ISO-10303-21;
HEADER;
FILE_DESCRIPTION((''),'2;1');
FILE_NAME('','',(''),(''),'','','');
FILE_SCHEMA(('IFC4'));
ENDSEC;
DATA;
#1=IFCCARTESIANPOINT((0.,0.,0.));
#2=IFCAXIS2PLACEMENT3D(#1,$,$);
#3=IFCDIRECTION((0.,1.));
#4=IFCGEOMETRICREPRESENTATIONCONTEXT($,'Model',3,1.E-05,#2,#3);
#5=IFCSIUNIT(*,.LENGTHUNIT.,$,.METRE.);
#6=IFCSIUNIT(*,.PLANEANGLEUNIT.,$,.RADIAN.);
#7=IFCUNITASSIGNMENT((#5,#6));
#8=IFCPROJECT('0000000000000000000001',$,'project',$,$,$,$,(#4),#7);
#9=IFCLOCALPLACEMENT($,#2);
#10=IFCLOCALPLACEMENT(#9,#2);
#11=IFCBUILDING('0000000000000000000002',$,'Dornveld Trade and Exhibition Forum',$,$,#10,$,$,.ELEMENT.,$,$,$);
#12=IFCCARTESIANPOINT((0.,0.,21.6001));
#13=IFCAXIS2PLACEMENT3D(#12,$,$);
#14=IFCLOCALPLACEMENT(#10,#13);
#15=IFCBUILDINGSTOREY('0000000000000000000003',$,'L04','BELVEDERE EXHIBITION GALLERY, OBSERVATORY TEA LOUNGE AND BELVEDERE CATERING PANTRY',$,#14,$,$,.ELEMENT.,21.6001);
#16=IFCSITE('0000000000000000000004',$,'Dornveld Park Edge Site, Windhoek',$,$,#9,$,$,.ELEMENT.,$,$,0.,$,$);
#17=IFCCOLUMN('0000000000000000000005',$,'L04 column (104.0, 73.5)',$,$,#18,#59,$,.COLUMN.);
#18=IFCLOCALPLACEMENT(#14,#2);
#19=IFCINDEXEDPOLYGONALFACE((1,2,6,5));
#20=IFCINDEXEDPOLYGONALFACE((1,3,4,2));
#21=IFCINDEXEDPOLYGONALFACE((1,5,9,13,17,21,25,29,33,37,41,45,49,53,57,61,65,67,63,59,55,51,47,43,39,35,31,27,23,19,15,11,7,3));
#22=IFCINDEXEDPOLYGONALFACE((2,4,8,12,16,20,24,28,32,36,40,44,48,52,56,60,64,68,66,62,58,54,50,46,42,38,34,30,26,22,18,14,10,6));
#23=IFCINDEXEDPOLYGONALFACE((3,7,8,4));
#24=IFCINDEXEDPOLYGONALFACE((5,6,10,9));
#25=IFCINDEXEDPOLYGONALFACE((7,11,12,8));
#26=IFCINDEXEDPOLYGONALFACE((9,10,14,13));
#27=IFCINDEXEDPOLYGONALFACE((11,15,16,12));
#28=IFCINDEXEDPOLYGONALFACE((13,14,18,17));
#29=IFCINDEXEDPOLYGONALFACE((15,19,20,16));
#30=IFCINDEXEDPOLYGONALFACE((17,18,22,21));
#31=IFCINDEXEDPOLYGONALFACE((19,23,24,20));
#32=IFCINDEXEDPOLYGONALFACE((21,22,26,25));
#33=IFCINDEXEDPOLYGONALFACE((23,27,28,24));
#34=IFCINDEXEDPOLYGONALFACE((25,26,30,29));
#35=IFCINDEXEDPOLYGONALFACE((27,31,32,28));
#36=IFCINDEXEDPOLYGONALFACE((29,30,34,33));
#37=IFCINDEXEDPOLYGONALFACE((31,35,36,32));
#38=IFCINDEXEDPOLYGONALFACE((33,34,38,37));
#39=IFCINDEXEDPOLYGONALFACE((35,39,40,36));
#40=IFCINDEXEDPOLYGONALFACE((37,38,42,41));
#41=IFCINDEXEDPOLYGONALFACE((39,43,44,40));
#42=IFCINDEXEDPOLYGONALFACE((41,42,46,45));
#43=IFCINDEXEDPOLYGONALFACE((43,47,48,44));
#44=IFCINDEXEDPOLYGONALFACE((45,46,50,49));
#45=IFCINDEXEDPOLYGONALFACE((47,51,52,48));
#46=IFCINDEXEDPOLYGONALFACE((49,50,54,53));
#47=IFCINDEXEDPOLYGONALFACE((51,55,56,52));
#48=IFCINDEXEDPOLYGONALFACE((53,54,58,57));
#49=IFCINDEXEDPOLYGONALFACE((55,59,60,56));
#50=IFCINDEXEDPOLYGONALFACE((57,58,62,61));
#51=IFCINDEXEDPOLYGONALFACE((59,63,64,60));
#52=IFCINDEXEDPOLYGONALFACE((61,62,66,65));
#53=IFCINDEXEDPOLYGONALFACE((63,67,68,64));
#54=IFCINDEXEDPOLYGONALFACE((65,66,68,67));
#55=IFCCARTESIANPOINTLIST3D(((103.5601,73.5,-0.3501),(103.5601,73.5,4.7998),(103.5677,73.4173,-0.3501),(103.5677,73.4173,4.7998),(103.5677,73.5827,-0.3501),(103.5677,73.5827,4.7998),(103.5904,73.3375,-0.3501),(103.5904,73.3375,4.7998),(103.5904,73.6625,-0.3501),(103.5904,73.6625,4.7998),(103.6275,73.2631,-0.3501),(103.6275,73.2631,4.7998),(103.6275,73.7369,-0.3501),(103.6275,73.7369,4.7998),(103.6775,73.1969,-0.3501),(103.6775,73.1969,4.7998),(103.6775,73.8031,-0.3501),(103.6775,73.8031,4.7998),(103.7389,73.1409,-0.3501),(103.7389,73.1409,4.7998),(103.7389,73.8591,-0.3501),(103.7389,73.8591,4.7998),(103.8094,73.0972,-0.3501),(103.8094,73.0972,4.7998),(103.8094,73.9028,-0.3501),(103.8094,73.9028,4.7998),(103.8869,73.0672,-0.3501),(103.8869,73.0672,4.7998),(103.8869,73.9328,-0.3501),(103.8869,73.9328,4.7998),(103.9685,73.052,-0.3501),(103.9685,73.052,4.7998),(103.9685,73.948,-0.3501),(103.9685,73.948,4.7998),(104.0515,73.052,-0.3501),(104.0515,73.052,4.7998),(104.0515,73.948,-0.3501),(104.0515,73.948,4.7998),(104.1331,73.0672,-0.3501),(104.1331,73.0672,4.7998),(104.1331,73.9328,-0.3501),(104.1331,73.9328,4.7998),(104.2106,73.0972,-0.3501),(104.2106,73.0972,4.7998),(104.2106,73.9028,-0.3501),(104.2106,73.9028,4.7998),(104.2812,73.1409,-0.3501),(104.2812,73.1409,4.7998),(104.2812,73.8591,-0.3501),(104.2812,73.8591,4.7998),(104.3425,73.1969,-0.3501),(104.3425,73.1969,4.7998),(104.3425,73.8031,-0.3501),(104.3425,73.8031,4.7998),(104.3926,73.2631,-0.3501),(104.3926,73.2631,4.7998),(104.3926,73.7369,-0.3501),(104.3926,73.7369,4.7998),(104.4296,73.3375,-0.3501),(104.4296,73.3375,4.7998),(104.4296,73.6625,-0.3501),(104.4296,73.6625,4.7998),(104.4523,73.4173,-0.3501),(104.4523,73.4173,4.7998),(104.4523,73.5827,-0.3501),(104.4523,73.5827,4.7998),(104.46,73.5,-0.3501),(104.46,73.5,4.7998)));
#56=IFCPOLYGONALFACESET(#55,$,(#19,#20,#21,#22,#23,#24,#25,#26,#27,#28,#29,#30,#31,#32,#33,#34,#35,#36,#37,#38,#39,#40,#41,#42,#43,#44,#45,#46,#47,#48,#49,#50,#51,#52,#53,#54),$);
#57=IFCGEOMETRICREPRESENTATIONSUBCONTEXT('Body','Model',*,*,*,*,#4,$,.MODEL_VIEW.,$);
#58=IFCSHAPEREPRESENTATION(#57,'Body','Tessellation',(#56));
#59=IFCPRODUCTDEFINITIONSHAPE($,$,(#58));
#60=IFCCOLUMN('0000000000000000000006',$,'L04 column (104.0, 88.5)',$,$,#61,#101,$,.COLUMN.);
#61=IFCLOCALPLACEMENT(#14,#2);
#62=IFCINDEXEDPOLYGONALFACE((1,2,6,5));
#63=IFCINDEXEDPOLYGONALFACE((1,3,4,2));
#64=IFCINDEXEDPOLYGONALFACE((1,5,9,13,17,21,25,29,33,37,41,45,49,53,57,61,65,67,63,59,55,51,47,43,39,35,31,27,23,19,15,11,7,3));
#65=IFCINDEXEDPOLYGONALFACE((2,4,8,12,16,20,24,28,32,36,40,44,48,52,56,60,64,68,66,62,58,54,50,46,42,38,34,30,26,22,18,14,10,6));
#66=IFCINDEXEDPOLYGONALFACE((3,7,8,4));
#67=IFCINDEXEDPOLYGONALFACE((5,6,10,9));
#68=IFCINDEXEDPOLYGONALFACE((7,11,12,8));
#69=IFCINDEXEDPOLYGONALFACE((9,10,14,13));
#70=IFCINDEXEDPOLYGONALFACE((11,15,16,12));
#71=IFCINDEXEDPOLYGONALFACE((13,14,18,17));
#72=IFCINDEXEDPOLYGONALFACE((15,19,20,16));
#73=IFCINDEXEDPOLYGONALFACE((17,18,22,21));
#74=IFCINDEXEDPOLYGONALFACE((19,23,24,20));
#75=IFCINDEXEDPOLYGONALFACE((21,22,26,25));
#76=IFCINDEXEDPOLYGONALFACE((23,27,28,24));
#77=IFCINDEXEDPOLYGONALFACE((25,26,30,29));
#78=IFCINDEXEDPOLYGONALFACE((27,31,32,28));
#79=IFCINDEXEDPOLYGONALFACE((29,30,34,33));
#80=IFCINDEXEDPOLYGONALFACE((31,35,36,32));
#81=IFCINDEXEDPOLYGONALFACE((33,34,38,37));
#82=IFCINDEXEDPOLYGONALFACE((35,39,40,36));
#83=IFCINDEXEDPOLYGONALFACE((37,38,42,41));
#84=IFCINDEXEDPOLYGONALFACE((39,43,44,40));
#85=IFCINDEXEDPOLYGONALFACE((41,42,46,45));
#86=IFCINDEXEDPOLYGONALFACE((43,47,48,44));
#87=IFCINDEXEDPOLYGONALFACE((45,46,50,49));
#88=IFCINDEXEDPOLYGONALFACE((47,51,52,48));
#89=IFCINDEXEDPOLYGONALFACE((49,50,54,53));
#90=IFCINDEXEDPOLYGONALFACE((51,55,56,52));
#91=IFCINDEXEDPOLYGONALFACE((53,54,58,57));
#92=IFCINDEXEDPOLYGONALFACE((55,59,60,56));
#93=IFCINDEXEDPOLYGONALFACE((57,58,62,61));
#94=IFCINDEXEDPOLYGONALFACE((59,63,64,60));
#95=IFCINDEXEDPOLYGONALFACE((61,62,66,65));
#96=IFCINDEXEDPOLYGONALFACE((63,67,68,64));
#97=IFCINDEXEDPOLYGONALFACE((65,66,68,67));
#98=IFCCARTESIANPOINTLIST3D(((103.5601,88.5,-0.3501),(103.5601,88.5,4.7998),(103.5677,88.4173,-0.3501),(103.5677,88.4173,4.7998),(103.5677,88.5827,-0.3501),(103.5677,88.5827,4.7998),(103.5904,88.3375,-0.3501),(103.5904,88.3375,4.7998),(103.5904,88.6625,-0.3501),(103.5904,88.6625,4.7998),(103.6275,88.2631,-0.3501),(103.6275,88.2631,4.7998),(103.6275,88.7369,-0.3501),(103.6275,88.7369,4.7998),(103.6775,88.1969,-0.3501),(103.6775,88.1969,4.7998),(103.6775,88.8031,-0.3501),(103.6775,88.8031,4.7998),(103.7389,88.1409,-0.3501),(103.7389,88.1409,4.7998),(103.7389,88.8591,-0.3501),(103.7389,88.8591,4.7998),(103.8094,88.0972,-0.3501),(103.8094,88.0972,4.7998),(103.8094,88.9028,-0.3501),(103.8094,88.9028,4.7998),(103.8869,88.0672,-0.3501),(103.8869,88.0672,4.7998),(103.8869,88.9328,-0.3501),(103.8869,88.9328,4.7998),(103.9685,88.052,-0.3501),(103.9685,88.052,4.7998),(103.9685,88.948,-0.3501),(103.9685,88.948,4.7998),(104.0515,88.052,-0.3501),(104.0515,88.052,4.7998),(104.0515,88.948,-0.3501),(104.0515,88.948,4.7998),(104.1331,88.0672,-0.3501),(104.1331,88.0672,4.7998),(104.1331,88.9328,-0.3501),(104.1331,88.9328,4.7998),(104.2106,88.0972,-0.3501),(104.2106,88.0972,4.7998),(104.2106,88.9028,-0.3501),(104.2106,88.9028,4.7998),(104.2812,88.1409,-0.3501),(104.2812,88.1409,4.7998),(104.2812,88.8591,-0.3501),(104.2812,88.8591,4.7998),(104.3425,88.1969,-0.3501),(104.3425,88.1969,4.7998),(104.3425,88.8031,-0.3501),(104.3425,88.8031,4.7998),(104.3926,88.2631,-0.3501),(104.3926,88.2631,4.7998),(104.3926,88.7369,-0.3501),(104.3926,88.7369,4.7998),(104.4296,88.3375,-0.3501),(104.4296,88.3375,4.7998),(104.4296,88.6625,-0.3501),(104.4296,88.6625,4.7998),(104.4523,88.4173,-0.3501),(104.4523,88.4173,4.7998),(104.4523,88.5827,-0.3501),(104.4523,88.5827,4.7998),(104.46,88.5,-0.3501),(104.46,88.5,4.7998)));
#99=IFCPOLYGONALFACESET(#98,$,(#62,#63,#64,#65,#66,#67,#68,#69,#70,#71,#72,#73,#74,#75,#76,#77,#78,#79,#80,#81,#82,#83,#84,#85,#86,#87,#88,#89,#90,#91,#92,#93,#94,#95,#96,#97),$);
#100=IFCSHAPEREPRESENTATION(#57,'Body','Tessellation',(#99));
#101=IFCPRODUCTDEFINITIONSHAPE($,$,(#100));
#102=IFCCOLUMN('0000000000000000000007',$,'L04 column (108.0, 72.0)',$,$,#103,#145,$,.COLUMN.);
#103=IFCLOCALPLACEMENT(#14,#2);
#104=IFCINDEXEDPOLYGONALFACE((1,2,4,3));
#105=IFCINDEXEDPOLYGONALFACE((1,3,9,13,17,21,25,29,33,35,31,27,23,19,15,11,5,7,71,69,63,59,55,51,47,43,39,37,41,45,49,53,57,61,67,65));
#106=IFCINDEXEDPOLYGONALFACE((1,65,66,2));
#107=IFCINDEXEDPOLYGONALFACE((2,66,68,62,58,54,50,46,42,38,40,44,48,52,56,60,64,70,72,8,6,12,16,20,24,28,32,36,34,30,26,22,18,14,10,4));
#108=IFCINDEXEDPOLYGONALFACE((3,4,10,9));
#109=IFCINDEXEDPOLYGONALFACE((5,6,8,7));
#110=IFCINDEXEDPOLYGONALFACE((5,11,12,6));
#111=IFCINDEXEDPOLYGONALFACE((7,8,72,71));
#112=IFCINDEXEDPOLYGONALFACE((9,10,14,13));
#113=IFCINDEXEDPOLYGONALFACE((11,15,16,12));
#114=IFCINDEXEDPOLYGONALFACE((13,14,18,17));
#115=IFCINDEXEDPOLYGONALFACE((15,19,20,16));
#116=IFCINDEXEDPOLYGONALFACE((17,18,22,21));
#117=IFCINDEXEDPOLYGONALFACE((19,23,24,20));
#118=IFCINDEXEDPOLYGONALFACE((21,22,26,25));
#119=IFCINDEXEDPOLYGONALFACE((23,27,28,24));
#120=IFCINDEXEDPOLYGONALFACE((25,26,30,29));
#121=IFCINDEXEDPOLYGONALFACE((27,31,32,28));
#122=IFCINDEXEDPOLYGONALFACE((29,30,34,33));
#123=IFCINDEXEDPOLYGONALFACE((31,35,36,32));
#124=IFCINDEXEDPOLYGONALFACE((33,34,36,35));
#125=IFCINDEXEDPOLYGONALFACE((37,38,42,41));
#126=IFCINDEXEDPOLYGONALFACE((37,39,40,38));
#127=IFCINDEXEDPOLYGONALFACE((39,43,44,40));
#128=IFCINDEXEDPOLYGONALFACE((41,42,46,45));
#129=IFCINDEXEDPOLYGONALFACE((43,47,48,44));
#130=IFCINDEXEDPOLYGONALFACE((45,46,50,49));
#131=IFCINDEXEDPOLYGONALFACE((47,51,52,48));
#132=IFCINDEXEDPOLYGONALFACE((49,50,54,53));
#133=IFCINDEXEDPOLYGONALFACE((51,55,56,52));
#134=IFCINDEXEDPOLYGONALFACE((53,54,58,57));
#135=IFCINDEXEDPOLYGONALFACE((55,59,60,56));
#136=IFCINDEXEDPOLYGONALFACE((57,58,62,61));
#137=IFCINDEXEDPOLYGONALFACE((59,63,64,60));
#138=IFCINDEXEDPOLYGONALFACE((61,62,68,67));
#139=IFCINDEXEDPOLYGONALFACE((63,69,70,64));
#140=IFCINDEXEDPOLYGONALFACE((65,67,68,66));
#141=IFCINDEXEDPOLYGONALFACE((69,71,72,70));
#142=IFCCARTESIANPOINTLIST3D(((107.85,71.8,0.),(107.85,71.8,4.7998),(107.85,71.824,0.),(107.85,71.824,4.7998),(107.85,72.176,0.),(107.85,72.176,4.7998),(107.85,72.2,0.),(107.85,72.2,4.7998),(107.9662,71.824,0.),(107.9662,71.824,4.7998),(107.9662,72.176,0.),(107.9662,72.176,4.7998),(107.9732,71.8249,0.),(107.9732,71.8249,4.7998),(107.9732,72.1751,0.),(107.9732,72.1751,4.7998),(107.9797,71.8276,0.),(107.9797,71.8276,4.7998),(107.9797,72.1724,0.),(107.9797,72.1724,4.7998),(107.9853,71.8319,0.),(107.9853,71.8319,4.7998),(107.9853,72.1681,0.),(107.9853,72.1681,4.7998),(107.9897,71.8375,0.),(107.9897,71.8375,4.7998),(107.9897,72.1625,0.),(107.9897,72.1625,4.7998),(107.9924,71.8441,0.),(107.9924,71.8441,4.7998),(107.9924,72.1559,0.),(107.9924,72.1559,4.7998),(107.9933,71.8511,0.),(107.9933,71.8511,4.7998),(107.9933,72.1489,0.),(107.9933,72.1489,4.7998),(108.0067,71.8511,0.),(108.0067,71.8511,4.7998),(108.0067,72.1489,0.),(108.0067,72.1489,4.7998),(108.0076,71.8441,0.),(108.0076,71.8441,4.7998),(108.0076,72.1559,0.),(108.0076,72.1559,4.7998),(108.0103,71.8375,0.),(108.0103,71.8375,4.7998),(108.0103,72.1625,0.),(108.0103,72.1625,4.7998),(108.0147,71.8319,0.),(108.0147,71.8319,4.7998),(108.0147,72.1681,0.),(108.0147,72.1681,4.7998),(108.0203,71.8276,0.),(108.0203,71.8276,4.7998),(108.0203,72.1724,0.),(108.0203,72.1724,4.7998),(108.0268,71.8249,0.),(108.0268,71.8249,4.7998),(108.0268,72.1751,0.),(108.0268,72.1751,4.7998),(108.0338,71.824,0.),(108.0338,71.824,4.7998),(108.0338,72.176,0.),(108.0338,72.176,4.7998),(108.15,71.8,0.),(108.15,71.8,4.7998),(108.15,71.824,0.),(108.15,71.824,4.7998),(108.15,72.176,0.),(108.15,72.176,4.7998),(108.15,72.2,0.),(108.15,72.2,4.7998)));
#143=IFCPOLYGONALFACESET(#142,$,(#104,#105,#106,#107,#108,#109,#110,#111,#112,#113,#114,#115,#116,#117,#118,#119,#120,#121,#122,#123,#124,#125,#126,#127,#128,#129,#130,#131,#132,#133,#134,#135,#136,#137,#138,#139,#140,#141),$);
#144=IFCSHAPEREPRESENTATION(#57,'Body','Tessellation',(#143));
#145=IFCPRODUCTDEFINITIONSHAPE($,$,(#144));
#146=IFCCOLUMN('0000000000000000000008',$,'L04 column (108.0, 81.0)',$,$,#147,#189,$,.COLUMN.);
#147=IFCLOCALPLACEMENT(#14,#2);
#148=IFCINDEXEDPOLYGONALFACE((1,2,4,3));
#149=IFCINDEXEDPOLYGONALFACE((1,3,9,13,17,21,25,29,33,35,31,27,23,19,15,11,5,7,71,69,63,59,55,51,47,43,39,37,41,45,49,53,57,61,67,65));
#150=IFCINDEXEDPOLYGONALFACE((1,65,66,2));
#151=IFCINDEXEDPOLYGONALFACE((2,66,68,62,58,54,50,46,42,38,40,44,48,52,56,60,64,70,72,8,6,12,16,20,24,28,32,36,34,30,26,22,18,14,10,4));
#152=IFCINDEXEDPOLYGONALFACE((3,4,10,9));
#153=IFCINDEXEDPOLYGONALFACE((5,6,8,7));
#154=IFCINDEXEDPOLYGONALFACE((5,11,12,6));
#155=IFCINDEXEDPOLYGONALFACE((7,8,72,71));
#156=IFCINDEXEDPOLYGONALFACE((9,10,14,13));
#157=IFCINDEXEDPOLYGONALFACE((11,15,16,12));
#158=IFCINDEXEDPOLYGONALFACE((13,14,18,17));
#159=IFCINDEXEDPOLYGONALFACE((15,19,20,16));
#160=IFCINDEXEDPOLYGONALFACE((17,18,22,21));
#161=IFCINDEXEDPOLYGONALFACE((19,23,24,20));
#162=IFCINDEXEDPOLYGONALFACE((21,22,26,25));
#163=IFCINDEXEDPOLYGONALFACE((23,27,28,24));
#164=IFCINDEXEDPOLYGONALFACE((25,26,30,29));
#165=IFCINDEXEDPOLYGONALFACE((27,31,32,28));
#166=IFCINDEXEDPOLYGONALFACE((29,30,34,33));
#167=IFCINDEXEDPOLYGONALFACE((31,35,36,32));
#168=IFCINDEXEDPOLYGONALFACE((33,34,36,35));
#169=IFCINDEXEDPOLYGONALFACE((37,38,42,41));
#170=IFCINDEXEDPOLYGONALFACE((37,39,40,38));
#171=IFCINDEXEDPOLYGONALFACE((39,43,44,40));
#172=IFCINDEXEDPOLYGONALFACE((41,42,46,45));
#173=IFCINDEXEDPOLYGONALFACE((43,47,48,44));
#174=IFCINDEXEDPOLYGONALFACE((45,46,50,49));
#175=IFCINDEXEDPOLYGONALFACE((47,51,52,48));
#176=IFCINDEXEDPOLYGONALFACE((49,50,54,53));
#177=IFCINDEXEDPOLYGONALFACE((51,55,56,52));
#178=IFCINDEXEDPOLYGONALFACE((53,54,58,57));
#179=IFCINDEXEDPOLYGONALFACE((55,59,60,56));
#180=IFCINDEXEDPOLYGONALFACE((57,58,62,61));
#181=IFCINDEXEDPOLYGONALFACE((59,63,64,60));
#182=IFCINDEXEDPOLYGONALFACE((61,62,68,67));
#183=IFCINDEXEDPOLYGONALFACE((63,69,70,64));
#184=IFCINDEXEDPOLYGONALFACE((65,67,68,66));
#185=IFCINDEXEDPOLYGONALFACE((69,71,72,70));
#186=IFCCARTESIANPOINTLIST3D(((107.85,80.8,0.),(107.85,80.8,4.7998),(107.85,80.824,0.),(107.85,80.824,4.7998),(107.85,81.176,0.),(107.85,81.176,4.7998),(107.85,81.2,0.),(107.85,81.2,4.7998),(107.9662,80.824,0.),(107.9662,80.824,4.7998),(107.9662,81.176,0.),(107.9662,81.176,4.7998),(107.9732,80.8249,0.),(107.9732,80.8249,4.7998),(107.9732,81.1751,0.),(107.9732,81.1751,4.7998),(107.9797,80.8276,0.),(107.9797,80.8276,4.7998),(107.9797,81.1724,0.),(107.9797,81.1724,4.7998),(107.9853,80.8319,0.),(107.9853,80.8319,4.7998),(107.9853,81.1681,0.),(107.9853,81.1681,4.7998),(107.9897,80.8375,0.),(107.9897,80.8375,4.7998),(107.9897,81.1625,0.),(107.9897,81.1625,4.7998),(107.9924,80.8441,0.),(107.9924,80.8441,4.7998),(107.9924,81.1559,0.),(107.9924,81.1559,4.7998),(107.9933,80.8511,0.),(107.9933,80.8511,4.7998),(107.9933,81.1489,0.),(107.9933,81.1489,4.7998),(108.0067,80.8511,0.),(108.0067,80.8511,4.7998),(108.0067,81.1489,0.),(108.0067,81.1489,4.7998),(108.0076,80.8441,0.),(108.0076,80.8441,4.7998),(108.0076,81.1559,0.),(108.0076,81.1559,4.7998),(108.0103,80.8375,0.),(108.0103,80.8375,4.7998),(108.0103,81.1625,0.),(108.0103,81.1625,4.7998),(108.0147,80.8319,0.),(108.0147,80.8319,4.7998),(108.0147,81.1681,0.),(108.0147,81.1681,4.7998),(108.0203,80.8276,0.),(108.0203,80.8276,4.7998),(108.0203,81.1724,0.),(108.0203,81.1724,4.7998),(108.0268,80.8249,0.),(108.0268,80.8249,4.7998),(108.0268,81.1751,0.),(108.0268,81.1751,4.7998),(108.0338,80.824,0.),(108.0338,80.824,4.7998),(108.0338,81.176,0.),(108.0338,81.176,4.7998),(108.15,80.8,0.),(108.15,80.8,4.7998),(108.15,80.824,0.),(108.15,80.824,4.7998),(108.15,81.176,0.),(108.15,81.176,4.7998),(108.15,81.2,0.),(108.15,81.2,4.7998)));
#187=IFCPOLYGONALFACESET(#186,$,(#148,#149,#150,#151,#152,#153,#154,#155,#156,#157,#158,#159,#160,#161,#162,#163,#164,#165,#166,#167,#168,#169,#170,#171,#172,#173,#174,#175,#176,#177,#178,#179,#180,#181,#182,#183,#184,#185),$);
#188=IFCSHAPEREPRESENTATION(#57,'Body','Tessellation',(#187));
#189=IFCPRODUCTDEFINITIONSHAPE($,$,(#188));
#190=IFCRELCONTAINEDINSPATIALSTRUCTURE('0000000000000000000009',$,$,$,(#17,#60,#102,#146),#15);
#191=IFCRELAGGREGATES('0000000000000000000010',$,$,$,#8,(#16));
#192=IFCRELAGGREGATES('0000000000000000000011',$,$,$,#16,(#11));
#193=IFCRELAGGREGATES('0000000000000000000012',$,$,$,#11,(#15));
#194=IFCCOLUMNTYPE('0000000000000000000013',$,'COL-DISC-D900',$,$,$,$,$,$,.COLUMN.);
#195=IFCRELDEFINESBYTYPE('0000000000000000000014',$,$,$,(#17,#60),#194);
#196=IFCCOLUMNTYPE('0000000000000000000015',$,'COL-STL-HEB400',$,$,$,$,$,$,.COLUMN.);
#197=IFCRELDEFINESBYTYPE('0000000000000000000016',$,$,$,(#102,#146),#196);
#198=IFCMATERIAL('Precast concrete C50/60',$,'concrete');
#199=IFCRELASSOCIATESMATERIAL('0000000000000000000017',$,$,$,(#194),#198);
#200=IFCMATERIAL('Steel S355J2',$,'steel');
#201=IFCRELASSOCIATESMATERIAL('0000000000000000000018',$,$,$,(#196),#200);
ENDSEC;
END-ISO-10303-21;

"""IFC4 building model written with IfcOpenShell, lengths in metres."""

from ifc_helpers import new_model, si_unit, direction, frame, origin, origin_2d, place, context, subcontext, project, spatial, circle, i_section, extrude, material, material_profile, profile_set, type_object, element, save


model = new_model("IFC4")

# Units and contexts
model_context = context("Model", 3, precision=1e-05, world=origin(), true_north=direction((0.0, 1.0)))
body_context = subcontext(model_context, "Body", "Model", "MODEL_VIEW")
ifc_project = project(units=[si_unit("LENGTHUNIT", "METRE"), si_unit("PLANEANGLEUNIT", "RADIAN")], contexts=[model_context])

# Site, building, storey
site_placement = place(None, origin())
site = spatial("IfcSite", under=ifc_project, at=site_placement, Name="Dornveld Park Edge Site, Windhoek", CompositionType="ELEMENT", RefElevation=0.0)
building_placement = place(site_placement, origin())
building = spatial("IfcBuilding", under=site, at=building_placement, Name="Dornveld Trade and Exhibition Forum", CompositionType="ELEMENT")
storey_placement = place(building_placement, frame((0.0, 0.0, 21.6001)))
storey = spatial("IfcBuildingStorey", under=building, at=storey_placement, Name="L04", Description="BELVEDERE EXHIBITION GALLERY, OBSERVATORY TEA LOUNGE AND BELVEDERE CATERING PANTRY", CompositionType="ELEMENT", Elevation=21.6001)

# Columns
ifc_material_1 = material(Name="Precast concrete C50/60", Category="concrete")
ifc_material_profile_1 = material_profile(ifc_material_1, circle(Radius=0.45, at=origin_2d()), Name="PC-COL D900")
ifc_profile_set_1 = profile_set([ifc_material_profile_1], Name="Precast concrete C50/60")
column_type_1 = type_object("IfcColumnType", Name="COL-DISC-D900", PredefinedType="COLUMN", material=ifc_profile_set_1)
for number, where, z_axis, x_axis, name in (
    (1, (104.01, 73.5, -0.3501), (0.0, 0.0, 1.0), (1.0, 0.0, 0.0), "L04 column (104.0, 73.5)"),
    (2, (104.01, 88.5, -0.3501), (0.0, 0.0, 1.0), (1.0, 0.0, 0.0), "L04 column (104.0, 88.5)"),
):
    element("IfcColumn", number, at=place(storey_placement, frame(where, z_axis=z_axis, x_axis=x_axis)), inside=storey, type_object=column_type_1, Name=name, PredefinedType="COLUMN", context=body_context, shape_type="SweptSolid", body=[
        extrude(circle(Radius=0.45, at=origin_2d()), origin(), (0.0, 0.0, 1.0), 5.1499),
    ])
ifc_material_2 = material(Name="Steel S355J2", Category="steel")
ifc_material_profile_2 = material_profile(ifc_material_2, i_section(OverallWidth=0.3, OverallDepth=0.3999, WebThickness=0.0134, FlangeThickness=0.0239, FilletRadius=0.0271, at=origin_2d()), Name="HEB 400")
ifc_profile_set_2 = profile_set([ifc_material_profile_2], Name="Steel S355J2")
column_type_2 = type_object("IfcColumnType", Name="COL-STL-HEB400", PredefinedType="COLUMN", material=ifc_profile_set_2)
for number, where, z_axis, x_axis, name in (
    (3, (108.0, 72.0, 0.0), (0.0, 0.0, 1.0), (1.0, 0.0, 0.0), "L04 column (108.0, 72.0)"),
    (4, (108.0, 81.0, 0.0), (0.0, 0.0, 1.0), (1.0, 0.0, 0.0), "L04 column (108.0, 81.0)"),
):
    element("IfcColumn", number, at=place(storey_placement, frame(where, z_axis=z_axis, x_axis=x_axis)), inside=storey, type_object=column_type_2, Name=name, PredefinedType="COLUMN", context=body_context, shape_type="SweptSolid", body=[
        extrude(i_section(OverallWidth=0.3, OverallDepth=0.3999, WebThickness=0.0134, FlangeThickness=0.0239, FilletRadius=0.0271, at=origin_2d()), origin(), (0.0, 0.0, 1.0), 4.7998),
    ])

save(model, "model.ifc")
